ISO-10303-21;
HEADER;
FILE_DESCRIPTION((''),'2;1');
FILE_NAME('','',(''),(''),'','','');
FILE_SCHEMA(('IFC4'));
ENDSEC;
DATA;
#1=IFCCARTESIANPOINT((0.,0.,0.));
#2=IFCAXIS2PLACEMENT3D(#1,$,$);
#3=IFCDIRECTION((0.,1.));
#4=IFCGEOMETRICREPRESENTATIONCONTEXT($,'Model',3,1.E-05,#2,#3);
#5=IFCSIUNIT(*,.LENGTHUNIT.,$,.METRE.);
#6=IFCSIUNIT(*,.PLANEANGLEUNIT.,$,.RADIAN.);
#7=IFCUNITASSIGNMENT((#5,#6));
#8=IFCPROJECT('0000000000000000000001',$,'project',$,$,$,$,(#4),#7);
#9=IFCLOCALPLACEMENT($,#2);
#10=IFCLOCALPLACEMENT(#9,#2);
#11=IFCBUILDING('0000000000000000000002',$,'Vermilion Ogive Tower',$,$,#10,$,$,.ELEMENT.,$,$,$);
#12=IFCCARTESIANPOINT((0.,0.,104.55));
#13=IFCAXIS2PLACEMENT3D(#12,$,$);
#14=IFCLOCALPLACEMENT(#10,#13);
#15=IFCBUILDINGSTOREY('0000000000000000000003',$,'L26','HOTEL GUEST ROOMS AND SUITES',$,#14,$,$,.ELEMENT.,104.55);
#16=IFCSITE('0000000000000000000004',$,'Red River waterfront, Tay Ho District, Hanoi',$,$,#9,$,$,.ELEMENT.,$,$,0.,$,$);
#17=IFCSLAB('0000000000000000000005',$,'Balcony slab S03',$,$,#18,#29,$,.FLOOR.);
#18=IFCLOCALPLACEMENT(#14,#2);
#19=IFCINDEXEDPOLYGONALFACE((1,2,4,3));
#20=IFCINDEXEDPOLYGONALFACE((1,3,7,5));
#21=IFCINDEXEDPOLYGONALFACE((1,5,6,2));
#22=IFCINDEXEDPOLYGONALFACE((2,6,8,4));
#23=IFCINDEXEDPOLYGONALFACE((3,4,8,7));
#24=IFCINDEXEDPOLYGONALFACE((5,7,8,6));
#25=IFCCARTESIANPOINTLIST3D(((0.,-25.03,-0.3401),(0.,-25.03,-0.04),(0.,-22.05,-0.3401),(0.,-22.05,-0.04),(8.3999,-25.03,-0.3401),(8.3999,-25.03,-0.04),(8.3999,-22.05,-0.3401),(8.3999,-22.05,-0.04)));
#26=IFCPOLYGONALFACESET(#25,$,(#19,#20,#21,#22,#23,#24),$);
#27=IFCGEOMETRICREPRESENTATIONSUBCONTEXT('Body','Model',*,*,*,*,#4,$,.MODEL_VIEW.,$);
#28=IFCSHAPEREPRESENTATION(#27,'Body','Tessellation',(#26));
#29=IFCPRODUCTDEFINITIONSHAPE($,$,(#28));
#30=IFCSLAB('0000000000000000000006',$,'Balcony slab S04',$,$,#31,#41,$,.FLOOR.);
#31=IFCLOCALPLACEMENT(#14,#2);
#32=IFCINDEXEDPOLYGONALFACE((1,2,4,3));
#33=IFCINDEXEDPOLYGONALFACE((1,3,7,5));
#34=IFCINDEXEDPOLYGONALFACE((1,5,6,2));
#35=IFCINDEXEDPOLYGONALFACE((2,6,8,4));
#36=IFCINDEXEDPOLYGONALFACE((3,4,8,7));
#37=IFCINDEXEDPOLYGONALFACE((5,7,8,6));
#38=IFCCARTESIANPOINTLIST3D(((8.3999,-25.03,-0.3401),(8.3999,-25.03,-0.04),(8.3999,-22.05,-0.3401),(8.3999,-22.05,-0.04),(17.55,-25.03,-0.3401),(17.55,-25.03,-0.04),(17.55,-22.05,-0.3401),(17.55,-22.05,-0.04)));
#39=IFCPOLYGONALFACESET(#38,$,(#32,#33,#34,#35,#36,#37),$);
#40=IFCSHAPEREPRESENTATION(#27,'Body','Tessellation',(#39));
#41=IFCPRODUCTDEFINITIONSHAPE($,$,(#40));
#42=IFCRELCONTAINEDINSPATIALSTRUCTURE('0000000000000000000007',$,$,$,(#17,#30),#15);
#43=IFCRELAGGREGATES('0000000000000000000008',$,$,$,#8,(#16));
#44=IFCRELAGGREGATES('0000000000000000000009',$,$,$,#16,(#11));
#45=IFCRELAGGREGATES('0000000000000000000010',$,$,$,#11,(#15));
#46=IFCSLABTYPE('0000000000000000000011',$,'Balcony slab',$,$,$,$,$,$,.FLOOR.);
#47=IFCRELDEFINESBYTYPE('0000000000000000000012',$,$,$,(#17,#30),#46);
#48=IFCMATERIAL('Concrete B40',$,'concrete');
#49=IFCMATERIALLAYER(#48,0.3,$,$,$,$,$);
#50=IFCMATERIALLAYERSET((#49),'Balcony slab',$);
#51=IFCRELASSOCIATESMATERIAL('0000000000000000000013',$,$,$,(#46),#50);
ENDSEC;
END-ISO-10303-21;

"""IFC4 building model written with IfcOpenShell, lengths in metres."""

from ifc_helpers import new_model, si_unit, direction, frame, origin, place, context, subcontext, project, spatial, polyline, outline, extrude, material, layer, layer_set, type_object, element, save


model = new_model("IFC4")

# Units and contexts
model_context = context("Model", 3, precision=1e-05, world=origin(), true_north=direction((0.0, 1.0)))
body_context = subcontext(model_context, "Body", "Model", "MODEL_VIEW")
ifc_project = project(units=[si_unit("LENGTHUNIT", "METRE"), si_unit("PLANEANGLEUNIT", "RADIAN")], contexts=[model_context])

# Site, building, storey
site_placement = place(None, origin())
site = spatial("IfcSite", under=ifc_project, at=site_placement, Name="Red River waterfront, Tay Ho District, Hanoi", CompositionType="ELEMENT", RefElevation=0.0)
building_placement = place(site_placement, origin())
building = spatial("IfcBuilding", under=site, at=building_placement, Name="Vermilion Ogive Tower", CompositionType="ELEMENT")
storey_placement = place(building_placement, frame((0.0, 0.0, 104.55)))
storey = spatial("IfcBuildingStorey", under=building, at=storey_placement, Name="L26", Description="HOTEL GUEST ROOMS AND SUITES", CompositionType="ELEMENT", Elevation=104.55)

# Slabs
ifc_material_1 = material(Name="Concrete B40", Category="concrete")
ifc_layer_1 = layer(ifc_material_1, 0.3)
ifc_layer_set_1 = layer_set([ifc_layer_1], Name="Balcony slab")
slab_type_1 = type_object("IfcSlabType", Name="Balcony slab", PredefinedType="FLOOR", material=ifc_layer_set_1)
slab_1_placement = place(storey_placement, frame((0.0, 0.0, -0.3401)))
element("IfcSlab", 1, at=slab_1_placement, inside=storey, type_object=slab_type_1, Name="Balcony slab S03", PredefinedType="FLOOR", context=body_context, shape_type="SweptSolid", body=[
    extrude(outline(polyline([(0.0, -25.03), (8.3999, -25.03), (8.3999, -22.05), (0.0, -22.05), (0.0, -25.03)])), origin(), (0.0, 0.0, 1.0), 0.3),
])
slab_2_placement = place(storey_placement, frame((0.0, 0.0, -0.3401)))
element("IfcSlab", 2, at=slab_2_placement, inside=storey, type_object=slab_type_1, Name="Balcony slab S04", PredefinedType="FLOOR", context=body_context, shape_type="SweptSolid", body=[
    extrude(outline(polyline([(8.3999, -25.03), (17.55, -25.03), (17.55, -22.05), (8.3999, -22.05), (8.3999, -25.03)])), origin(), (0.0, 0.0, 1.0), 0.3),
])

save(model, "model.ifc")
